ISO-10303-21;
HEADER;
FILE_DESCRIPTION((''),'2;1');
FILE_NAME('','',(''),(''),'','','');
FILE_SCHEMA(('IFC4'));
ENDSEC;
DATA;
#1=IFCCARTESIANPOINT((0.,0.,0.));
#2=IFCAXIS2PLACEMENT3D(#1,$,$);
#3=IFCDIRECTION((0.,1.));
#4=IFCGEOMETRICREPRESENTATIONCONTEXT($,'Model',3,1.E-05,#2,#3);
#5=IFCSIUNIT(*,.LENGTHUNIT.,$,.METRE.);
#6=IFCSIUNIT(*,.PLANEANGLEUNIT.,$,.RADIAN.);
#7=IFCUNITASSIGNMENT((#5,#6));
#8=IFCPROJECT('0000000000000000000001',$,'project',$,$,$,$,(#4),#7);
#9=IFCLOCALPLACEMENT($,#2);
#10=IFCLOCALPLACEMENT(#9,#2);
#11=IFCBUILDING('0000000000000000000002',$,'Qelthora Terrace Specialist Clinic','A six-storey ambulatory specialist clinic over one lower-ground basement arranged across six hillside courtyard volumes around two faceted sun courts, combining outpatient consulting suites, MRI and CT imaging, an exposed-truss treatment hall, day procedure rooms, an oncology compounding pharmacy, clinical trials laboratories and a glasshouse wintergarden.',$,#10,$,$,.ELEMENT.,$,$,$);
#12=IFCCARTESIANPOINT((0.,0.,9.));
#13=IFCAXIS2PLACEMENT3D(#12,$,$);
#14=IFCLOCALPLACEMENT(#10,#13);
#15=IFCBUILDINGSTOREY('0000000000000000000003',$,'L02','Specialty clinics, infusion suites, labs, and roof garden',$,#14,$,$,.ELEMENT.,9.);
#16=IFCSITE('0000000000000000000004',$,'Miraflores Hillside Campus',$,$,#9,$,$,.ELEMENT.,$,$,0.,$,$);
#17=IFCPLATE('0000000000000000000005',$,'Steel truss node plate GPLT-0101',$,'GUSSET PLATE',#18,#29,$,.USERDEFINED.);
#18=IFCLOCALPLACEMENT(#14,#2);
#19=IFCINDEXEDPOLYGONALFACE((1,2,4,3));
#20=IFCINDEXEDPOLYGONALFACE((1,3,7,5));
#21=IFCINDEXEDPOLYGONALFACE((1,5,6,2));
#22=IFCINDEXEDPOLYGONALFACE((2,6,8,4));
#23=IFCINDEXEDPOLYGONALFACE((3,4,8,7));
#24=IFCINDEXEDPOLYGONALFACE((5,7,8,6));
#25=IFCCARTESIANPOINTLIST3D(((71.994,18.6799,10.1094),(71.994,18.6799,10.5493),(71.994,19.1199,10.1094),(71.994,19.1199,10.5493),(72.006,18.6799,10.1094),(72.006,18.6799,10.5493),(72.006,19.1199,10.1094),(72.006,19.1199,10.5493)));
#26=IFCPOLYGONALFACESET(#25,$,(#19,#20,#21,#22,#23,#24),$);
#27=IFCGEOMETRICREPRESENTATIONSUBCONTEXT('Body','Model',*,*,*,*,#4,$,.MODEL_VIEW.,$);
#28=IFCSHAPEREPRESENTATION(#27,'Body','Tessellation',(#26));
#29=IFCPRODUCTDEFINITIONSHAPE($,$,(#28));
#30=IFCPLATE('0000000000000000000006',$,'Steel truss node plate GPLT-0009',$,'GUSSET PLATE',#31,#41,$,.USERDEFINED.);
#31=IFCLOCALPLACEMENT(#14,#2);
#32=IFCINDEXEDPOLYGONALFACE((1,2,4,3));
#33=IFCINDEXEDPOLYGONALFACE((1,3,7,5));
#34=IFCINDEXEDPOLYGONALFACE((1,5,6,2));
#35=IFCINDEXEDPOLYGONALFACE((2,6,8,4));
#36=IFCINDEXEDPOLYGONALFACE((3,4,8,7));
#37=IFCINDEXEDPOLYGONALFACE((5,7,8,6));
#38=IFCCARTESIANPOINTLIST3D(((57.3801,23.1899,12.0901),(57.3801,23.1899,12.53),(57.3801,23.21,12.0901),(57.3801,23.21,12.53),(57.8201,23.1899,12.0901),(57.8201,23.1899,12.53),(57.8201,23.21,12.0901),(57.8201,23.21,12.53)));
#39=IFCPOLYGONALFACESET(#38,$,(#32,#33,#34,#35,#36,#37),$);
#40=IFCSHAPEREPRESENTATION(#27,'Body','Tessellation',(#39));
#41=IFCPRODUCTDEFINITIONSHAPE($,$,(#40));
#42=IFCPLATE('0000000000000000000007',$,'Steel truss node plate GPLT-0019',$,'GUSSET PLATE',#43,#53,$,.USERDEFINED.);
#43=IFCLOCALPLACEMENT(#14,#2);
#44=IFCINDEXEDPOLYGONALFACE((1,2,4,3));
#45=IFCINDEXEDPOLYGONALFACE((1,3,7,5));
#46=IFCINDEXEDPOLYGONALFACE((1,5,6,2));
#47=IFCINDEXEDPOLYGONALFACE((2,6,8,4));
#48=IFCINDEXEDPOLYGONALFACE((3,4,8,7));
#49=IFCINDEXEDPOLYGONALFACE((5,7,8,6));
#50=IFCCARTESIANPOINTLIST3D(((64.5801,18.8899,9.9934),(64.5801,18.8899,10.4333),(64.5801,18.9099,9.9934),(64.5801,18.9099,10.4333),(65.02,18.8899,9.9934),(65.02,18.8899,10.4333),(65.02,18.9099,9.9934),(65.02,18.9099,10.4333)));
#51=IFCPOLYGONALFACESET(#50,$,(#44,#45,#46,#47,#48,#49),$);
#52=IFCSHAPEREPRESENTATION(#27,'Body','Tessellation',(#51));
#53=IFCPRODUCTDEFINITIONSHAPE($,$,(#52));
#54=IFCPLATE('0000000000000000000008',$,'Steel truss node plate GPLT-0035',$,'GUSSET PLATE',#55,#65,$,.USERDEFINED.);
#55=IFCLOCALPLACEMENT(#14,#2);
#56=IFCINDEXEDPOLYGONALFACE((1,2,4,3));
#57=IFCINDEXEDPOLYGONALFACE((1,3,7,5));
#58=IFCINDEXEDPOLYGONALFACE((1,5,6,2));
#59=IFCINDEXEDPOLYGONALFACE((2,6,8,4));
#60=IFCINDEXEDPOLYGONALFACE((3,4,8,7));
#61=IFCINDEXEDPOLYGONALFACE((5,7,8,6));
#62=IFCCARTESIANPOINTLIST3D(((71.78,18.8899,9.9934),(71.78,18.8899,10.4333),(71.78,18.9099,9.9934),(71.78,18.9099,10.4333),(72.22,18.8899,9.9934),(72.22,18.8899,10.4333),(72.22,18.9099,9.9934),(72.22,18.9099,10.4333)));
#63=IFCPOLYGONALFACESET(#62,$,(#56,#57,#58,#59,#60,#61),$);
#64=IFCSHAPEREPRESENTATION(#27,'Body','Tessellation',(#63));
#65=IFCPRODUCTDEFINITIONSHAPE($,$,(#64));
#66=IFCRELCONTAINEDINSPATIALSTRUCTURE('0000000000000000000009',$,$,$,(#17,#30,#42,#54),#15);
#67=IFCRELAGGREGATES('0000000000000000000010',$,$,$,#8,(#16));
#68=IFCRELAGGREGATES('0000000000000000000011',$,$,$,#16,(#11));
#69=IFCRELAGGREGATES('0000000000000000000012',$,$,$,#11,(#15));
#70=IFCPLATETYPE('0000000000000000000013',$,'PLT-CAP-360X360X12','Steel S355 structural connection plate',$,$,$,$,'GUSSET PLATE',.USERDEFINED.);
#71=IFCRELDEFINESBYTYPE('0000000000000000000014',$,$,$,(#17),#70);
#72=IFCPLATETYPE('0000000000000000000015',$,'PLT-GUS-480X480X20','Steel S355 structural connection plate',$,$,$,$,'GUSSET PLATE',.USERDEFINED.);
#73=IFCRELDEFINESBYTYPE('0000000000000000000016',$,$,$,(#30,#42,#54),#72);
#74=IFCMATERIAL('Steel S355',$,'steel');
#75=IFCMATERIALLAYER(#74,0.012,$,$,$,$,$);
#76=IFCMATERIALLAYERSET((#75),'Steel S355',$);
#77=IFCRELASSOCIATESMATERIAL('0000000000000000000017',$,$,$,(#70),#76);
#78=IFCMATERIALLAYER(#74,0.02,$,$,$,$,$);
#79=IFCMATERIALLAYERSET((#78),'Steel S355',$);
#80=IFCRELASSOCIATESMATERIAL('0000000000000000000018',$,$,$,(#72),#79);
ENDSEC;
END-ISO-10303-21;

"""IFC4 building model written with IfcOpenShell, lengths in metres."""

from ifc_helpers import new_model, si_unit, direction, frame, origin, origin_2d, place, context, subcontext, project, spatial, rectangle, extrude, material, layer, layer_set, type_object, element, save


model = new_model("IFC4")

# Units and contexts
model_context = context("Model", 3, precision=1e-05, world=origin(), true_north=direction((0.0, 1.0)))
body_context = subcontext(model_context, "Body", "Model", "MODEL_VIEW")
ifc_project = project(units=[si_unit("LENGTHUNIT", "METRE"), si_unit("PLANEANGLEUNIT", "RADIAN")], contexts=[model_context])

# Site, building, storey
site_placement = place(None, origin())
site = spatial("IfcSite", under=ifc_project, at=site_placement, Name="Miraflores Hillside Campus", CompositionType="ELEMENT", RefElevation=0.0)
building_placement = place(site_placement, origin())
building = spatial("IfcBuilding", under=site, at=building_placement, Name="Qelthora Terrace Specialist Clinic", Description="A six-storey ambulatory specialist clinic over one lower-ground basement arranged across six hillside courtyard volumes around two faceted sun courts, combining outpatient consulting suites, MRI and CT imaging, an exposed-truss treatment hall, day procedure rooms, an oncology compounding pharmacy, clinical trials laboratories and a glasshouse wintergarden.", CompositionType="ELEMENT")
storey_placement = place(building_placement, frame((0.0, 0.0, 9.0)))
storey = spatial("IfcBuildingStorey", under=building, at=storey_placement, Name="L02", Description="Specialty clinics, infusion suites, labs, and roof garden", CompositionType="ELEMENT", Elevation=9.0)

# Shared definitions
ifc_material = material(Name="Steel S355", Category="steel")

# Plates
ifc_layer_1 = layer(ifc_material, 0.012)
ifc_layer_set_1 = layer_set([ifc_layer_1], Name="Steel S355")
plate_type_1 = type_object("IfcPlateType", Name="PLT-CAP-360X360X12", Description="Steel S355 structural connection plate", ElementType="GUSSET PLATE", PredefinedType="USERDEFINED", material=ifc_layer_set_1)
for number, where, z_axis, x_axis, name in (
    (1, (72.0, 18.8999, 10.1094), (0.0, 0.0, 1.0), (1.0, 0.0, 0.0), "Steel truss node plate GPLT-0101"),
):
    element("IfcPlate", number, at=place(storey_placement, frame(where, z_axis=z_axis, x_axis=x_axis)), inside=storey, type_object=plate_type_1, Name=name, ObjectType="GUSSET PLATE", PredefinedType="USERDEFINED", context=body_context, shape_type="SweptSolid", body=[
        extrude(rectangle(XDim=0.012, YDim=0.4399, at=origin_2d()), origin(), (0.0, 0.0, 1.0), 0.4399),
    ])
ifc_layer_2 = layer(ifc_material, 0.02)
ifc_layer_set_2 = layer_set([ifc_layer_2], Name="Steel S355")
plate_type_2 = type_object("IfcPlateType", Name="PLT-GUS-480X480X20", Description="Steel S355 structural connection plate", ElementType="GUSSET PLATE", PredefinedType="USERDEFINED", material=ifc_layer_set_2)
for number, where, z_axis, x_axis, name in (
    (2, (57.6001, 23.2, 12.0901), (0.0, 0.0, 1.0), (1.0, 0.0, 0.0), "Steel truss node plate GPLT-0009"),
    (3, (64.8, 18.8999, 9.9934), (0.0, 0.0, 1.0), (1.0, 0.0, 0.0), "Steel truss node plate GPLT-0019"),
    (4, (72.0, 18.8999, 9.9934), (0.0, 0.0, 1.0), (1.0, 0.0, 0.0), "Steel truss node plate GPLT-0035"),
):
    element("IfcPlate", number, at=place(storey_placement, frame(where, z_axis=z_axis, x_axis=x_axis)), inside=storey, type_object=plate_type_2, Name=name, ObjectType="GUSSET PLATE", PredefinedType="USERDEFINED", context=body_context, shape_type="SweptSolid", body=[
        extrude(rectangle(XDim=0.4399, YDim=0.02, at=origin_2d()), origin(), (0.0, 0.0, 1.0), 0.4399),
    ])

save(model, "model.ifc")
